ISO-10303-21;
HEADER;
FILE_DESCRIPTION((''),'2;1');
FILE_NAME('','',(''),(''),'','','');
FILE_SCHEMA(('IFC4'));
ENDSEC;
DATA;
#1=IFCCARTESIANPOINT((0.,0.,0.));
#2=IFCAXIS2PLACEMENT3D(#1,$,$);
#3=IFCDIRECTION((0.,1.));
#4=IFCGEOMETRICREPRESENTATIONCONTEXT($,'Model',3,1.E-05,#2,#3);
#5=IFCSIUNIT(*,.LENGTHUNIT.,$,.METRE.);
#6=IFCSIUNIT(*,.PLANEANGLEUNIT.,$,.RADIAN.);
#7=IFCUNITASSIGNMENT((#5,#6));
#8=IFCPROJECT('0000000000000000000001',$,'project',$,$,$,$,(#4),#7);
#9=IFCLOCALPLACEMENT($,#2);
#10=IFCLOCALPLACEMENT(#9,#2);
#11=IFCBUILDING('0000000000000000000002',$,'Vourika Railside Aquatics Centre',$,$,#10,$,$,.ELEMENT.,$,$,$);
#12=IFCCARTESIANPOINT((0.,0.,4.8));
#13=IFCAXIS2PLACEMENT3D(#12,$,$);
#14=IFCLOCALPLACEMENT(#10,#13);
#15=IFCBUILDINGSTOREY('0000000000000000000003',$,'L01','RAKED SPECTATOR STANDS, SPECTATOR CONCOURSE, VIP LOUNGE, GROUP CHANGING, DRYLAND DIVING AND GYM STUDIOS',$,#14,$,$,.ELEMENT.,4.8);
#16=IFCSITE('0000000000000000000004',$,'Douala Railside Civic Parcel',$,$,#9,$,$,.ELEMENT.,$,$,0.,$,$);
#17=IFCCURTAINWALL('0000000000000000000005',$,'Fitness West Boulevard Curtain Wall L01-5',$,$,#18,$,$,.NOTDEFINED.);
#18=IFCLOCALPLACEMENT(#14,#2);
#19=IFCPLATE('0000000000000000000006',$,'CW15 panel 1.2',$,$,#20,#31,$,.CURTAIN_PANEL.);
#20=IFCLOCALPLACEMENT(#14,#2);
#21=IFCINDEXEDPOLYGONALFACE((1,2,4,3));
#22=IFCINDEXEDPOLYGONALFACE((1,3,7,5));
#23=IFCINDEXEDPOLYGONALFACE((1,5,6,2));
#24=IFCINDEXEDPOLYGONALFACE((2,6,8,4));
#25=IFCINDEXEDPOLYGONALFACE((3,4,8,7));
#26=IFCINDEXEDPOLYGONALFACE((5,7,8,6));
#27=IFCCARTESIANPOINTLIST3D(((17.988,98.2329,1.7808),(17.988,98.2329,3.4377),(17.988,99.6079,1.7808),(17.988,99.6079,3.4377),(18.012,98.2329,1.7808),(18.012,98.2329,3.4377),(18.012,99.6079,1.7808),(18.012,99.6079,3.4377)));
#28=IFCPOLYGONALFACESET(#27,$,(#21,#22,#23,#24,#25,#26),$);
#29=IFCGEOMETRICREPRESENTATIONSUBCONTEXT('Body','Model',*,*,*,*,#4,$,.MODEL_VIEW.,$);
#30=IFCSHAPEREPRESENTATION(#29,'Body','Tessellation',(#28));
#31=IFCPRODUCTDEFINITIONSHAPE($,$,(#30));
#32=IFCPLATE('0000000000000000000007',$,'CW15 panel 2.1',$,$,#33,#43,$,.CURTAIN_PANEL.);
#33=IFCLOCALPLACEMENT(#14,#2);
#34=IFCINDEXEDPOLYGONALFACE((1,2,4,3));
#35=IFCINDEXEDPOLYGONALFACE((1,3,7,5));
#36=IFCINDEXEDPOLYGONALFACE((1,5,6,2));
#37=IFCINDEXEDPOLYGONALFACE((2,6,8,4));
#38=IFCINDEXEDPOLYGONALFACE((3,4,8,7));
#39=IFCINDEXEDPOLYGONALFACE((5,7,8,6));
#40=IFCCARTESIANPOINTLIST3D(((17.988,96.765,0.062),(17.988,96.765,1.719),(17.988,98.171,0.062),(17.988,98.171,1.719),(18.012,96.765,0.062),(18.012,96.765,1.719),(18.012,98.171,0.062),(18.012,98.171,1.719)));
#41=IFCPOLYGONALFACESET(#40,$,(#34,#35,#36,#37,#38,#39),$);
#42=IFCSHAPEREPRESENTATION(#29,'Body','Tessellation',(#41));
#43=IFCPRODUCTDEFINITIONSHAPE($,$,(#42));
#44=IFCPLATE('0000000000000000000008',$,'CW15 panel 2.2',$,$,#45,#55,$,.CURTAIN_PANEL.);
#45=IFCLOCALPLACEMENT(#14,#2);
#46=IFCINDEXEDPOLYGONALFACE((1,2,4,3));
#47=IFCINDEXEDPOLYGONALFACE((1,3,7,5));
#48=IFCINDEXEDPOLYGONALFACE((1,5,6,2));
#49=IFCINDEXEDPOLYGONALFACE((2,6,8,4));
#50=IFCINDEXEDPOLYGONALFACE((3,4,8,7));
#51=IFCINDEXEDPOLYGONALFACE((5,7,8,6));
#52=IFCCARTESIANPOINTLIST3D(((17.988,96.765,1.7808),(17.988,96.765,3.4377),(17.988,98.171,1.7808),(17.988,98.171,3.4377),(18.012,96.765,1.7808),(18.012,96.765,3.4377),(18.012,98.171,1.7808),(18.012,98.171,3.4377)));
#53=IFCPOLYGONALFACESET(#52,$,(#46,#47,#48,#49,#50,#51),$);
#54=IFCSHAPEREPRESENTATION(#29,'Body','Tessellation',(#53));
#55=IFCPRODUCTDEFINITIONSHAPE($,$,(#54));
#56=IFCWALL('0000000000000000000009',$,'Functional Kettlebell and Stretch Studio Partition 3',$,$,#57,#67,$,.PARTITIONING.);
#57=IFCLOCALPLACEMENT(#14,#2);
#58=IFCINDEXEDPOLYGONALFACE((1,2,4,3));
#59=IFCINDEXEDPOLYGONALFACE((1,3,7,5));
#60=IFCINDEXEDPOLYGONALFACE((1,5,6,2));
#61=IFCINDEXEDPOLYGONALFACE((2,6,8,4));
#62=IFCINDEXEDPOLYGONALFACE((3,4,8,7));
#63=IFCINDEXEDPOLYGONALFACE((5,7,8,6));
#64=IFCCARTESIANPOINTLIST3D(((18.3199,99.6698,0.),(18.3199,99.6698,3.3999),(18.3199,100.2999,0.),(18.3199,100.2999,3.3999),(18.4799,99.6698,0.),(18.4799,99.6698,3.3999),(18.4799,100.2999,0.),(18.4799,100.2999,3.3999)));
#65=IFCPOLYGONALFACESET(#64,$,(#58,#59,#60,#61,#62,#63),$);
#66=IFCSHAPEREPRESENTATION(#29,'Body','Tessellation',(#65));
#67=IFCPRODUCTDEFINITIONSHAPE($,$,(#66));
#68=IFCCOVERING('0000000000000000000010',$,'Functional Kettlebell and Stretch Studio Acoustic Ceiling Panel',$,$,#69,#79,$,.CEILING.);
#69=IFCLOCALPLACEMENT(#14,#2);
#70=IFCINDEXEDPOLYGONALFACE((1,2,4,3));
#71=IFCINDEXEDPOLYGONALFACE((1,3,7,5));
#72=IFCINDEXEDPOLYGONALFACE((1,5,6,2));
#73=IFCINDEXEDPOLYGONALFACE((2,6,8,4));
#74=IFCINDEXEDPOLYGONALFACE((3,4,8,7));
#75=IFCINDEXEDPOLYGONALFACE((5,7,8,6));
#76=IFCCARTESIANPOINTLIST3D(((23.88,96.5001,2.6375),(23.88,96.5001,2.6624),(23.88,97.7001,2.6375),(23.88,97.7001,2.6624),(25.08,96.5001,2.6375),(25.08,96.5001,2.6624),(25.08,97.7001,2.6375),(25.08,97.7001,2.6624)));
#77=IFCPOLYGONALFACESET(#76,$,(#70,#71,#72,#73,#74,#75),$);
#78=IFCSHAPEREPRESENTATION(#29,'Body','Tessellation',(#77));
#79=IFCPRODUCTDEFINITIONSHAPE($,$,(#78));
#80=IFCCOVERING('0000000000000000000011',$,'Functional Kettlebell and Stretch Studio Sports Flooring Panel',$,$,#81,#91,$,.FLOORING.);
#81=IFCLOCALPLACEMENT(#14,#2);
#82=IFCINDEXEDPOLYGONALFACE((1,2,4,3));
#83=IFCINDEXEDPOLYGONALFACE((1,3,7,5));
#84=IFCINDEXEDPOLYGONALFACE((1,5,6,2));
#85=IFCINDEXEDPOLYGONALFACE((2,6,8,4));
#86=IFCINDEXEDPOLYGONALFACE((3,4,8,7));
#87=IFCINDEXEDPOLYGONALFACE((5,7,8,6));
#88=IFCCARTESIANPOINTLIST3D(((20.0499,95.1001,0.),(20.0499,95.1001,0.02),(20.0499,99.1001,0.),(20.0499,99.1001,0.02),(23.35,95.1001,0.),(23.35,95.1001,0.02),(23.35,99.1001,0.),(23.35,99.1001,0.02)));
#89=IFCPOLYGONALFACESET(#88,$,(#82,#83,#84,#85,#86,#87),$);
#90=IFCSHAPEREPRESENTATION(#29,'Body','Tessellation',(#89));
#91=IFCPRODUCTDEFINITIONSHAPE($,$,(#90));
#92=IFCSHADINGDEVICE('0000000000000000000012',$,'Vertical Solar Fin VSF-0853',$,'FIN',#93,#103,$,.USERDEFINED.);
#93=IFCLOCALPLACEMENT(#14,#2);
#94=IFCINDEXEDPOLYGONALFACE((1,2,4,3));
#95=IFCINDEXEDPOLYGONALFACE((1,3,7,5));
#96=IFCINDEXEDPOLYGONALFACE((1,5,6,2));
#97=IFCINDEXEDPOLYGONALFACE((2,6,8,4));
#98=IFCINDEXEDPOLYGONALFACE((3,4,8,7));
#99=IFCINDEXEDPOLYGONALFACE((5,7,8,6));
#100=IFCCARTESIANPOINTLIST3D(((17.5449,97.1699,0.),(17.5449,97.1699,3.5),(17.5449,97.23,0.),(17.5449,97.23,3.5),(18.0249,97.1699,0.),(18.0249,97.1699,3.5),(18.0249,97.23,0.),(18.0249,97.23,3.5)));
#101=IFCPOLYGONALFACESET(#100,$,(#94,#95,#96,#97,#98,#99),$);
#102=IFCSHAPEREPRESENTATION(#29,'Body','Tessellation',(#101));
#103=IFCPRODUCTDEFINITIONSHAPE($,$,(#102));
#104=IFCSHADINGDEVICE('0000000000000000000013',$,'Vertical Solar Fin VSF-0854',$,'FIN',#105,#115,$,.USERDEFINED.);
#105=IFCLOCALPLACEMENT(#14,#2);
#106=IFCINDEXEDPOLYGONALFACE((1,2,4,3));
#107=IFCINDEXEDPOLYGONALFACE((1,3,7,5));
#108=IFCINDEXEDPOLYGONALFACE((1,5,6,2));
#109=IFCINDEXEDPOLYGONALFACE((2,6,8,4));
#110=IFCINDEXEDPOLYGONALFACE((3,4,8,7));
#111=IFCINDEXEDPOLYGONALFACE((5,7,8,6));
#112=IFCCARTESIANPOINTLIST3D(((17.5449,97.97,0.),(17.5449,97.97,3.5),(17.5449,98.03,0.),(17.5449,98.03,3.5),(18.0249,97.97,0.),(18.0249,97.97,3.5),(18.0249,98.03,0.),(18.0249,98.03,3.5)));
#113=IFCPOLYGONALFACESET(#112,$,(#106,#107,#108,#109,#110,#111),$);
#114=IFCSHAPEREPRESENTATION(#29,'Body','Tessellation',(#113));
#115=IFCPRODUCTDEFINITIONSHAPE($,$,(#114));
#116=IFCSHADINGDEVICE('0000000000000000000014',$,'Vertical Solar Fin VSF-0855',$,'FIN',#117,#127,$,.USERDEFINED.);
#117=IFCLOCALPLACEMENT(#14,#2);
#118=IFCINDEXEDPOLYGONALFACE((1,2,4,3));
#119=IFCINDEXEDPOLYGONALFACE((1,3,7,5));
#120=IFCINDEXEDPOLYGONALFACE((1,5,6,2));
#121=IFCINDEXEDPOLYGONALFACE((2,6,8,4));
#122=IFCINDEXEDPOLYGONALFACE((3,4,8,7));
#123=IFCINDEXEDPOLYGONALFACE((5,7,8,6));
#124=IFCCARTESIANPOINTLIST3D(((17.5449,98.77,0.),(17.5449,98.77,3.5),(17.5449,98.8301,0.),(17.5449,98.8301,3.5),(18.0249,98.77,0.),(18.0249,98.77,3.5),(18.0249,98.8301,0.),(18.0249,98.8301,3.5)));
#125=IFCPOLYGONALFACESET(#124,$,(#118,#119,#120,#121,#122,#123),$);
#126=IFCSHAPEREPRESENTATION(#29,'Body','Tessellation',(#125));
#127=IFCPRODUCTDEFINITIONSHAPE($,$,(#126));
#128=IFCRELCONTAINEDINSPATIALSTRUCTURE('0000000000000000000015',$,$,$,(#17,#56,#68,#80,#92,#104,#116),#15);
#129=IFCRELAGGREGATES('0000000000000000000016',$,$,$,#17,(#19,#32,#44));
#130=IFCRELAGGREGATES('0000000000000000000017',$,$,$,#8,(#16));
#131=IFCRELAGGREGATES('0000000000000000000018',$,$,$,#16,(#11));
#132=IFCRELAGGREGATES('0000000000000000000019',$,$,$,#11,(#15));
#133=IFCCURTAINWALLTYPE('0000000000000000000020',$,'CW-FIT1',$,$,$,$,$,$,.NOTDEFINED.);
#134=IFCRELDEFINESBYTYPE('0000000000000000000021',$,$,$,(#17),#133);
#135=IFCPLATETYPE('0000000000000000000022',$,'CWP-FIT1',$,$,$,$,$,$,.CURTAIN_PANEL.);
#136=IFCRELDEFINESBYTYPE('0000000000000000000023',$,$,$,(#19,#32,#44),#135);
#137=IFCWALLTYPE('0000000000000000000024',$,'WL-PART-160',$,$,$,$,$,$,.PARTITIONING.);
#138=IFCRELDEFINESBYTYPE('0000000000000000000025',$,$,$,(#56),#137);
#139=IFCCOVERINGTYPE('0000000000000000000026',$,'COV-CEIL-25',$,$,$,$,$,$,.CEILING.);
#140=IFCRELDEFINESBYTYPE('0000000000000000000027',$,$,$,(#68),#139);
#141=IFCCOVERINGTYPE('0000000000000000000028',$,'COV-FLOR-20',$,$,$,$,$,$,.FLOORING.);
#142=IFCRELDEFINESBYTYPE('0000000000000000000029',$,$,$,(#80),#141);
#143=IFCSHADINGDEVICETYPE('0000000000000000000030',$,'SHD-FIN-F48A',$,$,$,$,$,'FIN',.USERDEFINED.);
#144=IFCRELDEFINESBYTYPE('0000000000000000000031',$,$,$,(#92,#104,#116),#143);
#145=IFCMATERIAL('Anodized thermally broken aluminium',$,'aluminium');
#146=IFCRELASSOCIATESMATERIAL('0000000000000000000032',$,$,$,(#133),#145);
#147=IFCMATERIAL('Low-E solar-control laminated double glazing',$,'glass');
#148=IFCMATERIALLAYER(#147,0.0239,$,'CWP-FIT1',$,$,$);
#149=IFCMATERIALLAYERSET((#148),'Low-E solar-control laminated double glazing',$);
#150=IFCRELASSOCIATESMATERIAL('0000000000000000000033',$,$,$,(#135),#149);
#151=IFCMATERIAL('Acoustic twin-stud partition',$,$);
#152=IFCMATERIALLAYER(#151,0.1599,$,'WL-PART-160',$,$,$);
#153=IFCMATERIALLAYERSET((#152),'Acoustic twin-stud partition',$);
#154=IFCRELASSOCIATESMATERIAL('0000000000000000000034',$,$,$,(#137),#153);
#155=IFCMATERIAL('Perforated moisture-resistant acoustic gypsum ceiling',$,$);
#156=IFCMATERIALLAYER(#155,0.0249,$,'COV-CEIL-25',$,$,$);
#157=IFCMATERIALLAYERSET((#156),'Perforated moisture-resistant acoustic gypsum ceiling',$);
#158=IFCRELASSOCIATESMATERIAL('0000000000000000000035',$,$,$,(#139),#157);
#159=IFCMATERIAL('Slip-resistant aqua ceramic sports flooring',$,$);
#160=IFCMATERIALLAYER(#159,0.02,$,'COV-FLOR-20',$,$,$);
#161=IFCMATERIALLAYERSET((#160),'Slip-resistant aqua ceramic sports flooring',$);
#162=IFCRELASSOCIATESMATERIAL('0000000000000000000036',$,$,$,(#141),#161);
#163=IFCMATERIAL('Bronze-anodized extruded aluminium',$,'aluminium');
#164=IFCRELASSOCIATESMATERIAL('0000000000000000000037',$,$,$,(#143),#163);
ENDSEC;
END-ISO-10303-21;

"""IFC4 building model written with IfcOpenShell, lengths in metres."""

from ifc_helpers import new_model, si_unit, direction, frame, frame_2d, origin, origin_2d, place, context, subcontext, project, spatial, rectangle, extrude, material, layer, layer_set, material_profile, profile_set, type_object, element, aggregate, save


model = new_model("IFC4")

# Units and contexts
model_context = context("Model", 3, precision=1e-05, world=origin(), true_north=direction((0.0, 1.0)))
body_context = subcontext(model_context, "Body", "Model", "MODEL_VIEW")
ifc_project = project(units=[si_unit("LENGTHUNIT", "METRE"), si_unit("PLANEANGLEUNIT", "RADIAN")], contexts=[model_context])

# Site, building, storey
site_placement = place(None, origin())
site = spatial("IfcSite", under=ifc_project, at=site_placement, Name="Douala Railside Civic Parcel", CompositionType="ELEMENT", RefElevation=0.0)
building_placement = place(site_placement, origin())
building = spatial("IfcBuilding", under=site, at=building_placement, Name="Vourika Railside Aquatics Centre", CompositionType="ELEMENT")
storey_placement = place(building_placement, frame((0.0, 0.0, 4.8)))
storey = spatial("IfcBuildingStorey", under=building, at=storey_placement, Name="L01", Description="RAKED SPECTATOR STANDS, SPECTATOR CONCOURSE, VIP LOUNGE, GROUP CHANGING, DRYLAND DIVING AND GYM STUDIOS", CompositionType="ELEMENT", Elevation=4.8)

# Curtain wall, plates
ifc_material_1 = material(Name="Anodized thermally broken aluminium", Category="aluminium")
curtain_wall_type = type_object("IfcCurtainWallType", Name="CW-FIT1", PredefinedType="NOTDEFINED", material=ifc_material_1)
curtain_wall_placement = place(storey_placement, origin())
curtain_wall = element("IfcCurtainWall", 1, at=curtain_wall_placement, inside=storey, type_object=curtain_wall_type, Name="Fitness West Boulevard Curtain Wall L01-5", PredefinedType="NOTDEFINED")
ifc_material_2 = material(Name="Low-E solar-control laminated double glazing", Category="glass")
ifc_layer_1 = layer(ifc_material_2, 0.0239, Name="CWP-FIT1")
ifc_layer_set_1 = layer_set([ifc_layer_1], Name="Low-E solar-control laminated double glazing")
plate_type = type_object("IfcPlateType", Name="CWP-FIT1", PredefinedType="CURTAIN_PANEL", material=ifc_layer_set_1)
plate_1_placement = place(storey_placement, frame((18.0, 98.9204, 1.7808), z_axis=(0.0, 0.0, 1.0), x_axis=(0.0, -1.0, 0.0)))
plate_1 = element("IfcPlate", 2, at=plate_1_placement, type_object=plate_type, Name="CW15 panel 1.2", PredefinedType="CURTAIN_PANEL", context=body_context, shape_type="SweptSolid", body=[
    extrude(rectangle(XDim=1.375, YDim=0.0239, at=origin_2d()), origin(), (0.0, 0.0, 1.0), 1.657),
])
plate_2_placement = place(storey_placement, frame((18.0, 97.468, 0.062), z_axis=(0.0, 0.0, 1.0), x_axis=(0.0, -1.0, 0.0)))
plate_2 = element("IfcPlate", 3, at=plate_2_placement, type_object=plate_type, Name="CW15 panel 2.1", PredefinedType="CURTAIN_PANEL", context=body_context, shape_type="SweptSolid", body=[
    extrude(rectangle(XDim=1.406, YDim=0.0239, at=origin_2d()), origin(), (0.0, 0.0, 1.0), 1.657),
])
plate_3_placement = place(storey_placement, frame((18.0, 97.468, 1.7808), z_axis=(0.0, 0.0, 1.0), x_axis=(0.0, -1.0, 0.0)))
plate_3 = element("IfcPlate", 4, at=plate_3_placement, type_object=plate_type, Name="CW15 panel 2.2", PredefinedType="CURTAIN_PANEL", context=body_context, shape_type="SweptSolid", body=[
    extrude(rectangle(XDim=1.406, YDim=0.0239, at=origin_2d()), origin(), (0.0, 0.0, 1.0), 1.657),
])
aggregate(curtain_wall, [plate_1, plate_2, plate_3])

# Wall
ifc_material_3 = material(Name="Acoustic twin-stud partition")
ifc_layer_2 = layer(ifc_material_3, 0.1599, Name="WL-PART-160")
ifc_layer_set_2 = layer_set([ifc_layer_2], Name="Acoustic twin-stud partition")
wall_type = type_object("IfcWallType", Name="WL-PART-160", PredefinedType="PARTITIONING", material=ifc_layer_set_2)
wall_placement = place(storey_placement, frame((18.3999, 99.6699, 0.0), z_axis=(0.0, 0.0, 1.0), x_axis=(0.0, 1.0, 0.0)))
element("IfcWall", 5, at=wall_placement, inside=storey, type_object=wall_type, Name="Functional Kettlebell and Stretch Studio Partition 3", PredefinedType="PARTITIONING", context=body_context, shape_type="SweptSolid", body=[
    extrude(rectangle(XDim=0.6301, YDim=0.1599, at=frame_2d((0.3149, 0.0))), origin(), (0.0, 0.0, 1.0), 3.3999),
])

# Coverings
ifc_material_4 = material(Name="Perforated moisture-resistant acoustic gypsum ceiling")
ifc_layer_3 = layer(ifc_material_4, 0.0249, Name="COV-CEIL-25")
ifc_layer_set_3 = layer_set([ifc_layer_3], Name="Perforated moisture-resistant acoustic gypsum ceiling")
covering_type_1 = type_object("IfcCoveringType", Name="COV-CEIL-25", PredefinedType="CEILING", material=ifc_layer_set_3)
covering_1_placement = place(storey_placement, frame((24.48, 97.1001, 2.6375), z_axis=(0.0, 0.0, 1.0), x_axis=(1.0, 0.0, 0.0)))
element("IfcCovering", 6, at=covering_1_placement, inside=storey, type_object=covering_type_1, Name="Functional Kettlebell and Stretch Studio Acoustic Ceiling Panel", PredefinedType="CEILING", context=body_context, shape_type="SweptSolid", body=[
    extrude(rectangle(XDim=1.2, YDim=1.2, at=origin_2d()), origin(), (0.0, 0.0, 1.0), 0.0249),
])
ifc_material_5 = material(Name="Slip-resistant aqua ceramic sports flooring")
ifc_layer_4 = layer(ifc_material_5, 0.02, Name="COV-FLOR-20")
ifc_layer_set_4 = layer_set([ifc_layer_4], Name="Slip-resistant aqua ceramic sports flooring")
covering_type_2 = type_object("IfcCoveringType", Name="COV-FLOR-20", PredefinedType="FLOORING", material=ifc_layer_set_4)
covering_2_placement = place(storey_placement, frame((21.7, 97.1001, 0.0), z_axis=(0.0, 0.0, 1.0), x_axis=(1.0, 0.0, 0.0)))
element("IfcCovering", 7, at=covering_2_placement, inside=storey, type_object=covering_type_2, Name="Functional Kettlebell and Stretch Studio Sports Flooring Panel", PredefinedType="FLOORING", context=body_context, shape_type="SweptSolid", body=[
    extrude(rectangle(XDim=3.3, YDim=4.0, at=origin_2d()), origin(), (0.0, 0.0, 1.0), 0.02),
])

# Shading devices
ifc_material_6 = material(Name="Bronze-anodized extruded aluminium", Category="aluminium")
ifc_material_profile_1 = material_profile(ifc_material_6, rectangle(XDim=0.0601, YDim=0.48, at=origin_2d()), Name="ALU-FIN 60x480")
ifc_profile_set_1 = profile_set([ifc_material_profile_1], Name="Bronze-anodized extruded aluminium")
shading_device_type = type_object("IfcShadingDeviceType", Name="SHD-FIN-F48A", ElementType="FIN", PredefinedType="USERDEFINED", material=ifc_profile_set_1)
for number, where, z_axis, x_axis, name in (
    (8, (17.7849, 97.2, 0.0), (0.0, 0.0, 1.0), (0.0, 1.0, 0.0), "Vertical Solar Fin VSF-0853"),
    (9, (17.7849, 98.0, 0.0), (0.0, 0.0, 1.0), (0.0, 1.0, 0.0), "Vertical Solar Fin VSF-0854"),
    (10, (17.7849, 98.8, 0.0), (0.0, 0.0, 1.0), (0.0, 1.0, 0.0), "Vertical Solar Fin VSF-0855"),
):
    element("IfcShadingDevice", number, at=place(storey_placement, frame(where, z_axis=z_axis, x_axis=x_axis)), inside=storey, type_object=shading_device_type, Name=name, ObjectType="FIN", PredefinedType="USERDEFINED", context=body_context, shape_type="SweptSolid", body=[
        extrude(rectangle(XDim=0.0601, YDim=0.48, at=origin_2d()), origin(), (0.0, 0.0, 1.0), 3.5),
    ])

save(model, "model.ifc")
